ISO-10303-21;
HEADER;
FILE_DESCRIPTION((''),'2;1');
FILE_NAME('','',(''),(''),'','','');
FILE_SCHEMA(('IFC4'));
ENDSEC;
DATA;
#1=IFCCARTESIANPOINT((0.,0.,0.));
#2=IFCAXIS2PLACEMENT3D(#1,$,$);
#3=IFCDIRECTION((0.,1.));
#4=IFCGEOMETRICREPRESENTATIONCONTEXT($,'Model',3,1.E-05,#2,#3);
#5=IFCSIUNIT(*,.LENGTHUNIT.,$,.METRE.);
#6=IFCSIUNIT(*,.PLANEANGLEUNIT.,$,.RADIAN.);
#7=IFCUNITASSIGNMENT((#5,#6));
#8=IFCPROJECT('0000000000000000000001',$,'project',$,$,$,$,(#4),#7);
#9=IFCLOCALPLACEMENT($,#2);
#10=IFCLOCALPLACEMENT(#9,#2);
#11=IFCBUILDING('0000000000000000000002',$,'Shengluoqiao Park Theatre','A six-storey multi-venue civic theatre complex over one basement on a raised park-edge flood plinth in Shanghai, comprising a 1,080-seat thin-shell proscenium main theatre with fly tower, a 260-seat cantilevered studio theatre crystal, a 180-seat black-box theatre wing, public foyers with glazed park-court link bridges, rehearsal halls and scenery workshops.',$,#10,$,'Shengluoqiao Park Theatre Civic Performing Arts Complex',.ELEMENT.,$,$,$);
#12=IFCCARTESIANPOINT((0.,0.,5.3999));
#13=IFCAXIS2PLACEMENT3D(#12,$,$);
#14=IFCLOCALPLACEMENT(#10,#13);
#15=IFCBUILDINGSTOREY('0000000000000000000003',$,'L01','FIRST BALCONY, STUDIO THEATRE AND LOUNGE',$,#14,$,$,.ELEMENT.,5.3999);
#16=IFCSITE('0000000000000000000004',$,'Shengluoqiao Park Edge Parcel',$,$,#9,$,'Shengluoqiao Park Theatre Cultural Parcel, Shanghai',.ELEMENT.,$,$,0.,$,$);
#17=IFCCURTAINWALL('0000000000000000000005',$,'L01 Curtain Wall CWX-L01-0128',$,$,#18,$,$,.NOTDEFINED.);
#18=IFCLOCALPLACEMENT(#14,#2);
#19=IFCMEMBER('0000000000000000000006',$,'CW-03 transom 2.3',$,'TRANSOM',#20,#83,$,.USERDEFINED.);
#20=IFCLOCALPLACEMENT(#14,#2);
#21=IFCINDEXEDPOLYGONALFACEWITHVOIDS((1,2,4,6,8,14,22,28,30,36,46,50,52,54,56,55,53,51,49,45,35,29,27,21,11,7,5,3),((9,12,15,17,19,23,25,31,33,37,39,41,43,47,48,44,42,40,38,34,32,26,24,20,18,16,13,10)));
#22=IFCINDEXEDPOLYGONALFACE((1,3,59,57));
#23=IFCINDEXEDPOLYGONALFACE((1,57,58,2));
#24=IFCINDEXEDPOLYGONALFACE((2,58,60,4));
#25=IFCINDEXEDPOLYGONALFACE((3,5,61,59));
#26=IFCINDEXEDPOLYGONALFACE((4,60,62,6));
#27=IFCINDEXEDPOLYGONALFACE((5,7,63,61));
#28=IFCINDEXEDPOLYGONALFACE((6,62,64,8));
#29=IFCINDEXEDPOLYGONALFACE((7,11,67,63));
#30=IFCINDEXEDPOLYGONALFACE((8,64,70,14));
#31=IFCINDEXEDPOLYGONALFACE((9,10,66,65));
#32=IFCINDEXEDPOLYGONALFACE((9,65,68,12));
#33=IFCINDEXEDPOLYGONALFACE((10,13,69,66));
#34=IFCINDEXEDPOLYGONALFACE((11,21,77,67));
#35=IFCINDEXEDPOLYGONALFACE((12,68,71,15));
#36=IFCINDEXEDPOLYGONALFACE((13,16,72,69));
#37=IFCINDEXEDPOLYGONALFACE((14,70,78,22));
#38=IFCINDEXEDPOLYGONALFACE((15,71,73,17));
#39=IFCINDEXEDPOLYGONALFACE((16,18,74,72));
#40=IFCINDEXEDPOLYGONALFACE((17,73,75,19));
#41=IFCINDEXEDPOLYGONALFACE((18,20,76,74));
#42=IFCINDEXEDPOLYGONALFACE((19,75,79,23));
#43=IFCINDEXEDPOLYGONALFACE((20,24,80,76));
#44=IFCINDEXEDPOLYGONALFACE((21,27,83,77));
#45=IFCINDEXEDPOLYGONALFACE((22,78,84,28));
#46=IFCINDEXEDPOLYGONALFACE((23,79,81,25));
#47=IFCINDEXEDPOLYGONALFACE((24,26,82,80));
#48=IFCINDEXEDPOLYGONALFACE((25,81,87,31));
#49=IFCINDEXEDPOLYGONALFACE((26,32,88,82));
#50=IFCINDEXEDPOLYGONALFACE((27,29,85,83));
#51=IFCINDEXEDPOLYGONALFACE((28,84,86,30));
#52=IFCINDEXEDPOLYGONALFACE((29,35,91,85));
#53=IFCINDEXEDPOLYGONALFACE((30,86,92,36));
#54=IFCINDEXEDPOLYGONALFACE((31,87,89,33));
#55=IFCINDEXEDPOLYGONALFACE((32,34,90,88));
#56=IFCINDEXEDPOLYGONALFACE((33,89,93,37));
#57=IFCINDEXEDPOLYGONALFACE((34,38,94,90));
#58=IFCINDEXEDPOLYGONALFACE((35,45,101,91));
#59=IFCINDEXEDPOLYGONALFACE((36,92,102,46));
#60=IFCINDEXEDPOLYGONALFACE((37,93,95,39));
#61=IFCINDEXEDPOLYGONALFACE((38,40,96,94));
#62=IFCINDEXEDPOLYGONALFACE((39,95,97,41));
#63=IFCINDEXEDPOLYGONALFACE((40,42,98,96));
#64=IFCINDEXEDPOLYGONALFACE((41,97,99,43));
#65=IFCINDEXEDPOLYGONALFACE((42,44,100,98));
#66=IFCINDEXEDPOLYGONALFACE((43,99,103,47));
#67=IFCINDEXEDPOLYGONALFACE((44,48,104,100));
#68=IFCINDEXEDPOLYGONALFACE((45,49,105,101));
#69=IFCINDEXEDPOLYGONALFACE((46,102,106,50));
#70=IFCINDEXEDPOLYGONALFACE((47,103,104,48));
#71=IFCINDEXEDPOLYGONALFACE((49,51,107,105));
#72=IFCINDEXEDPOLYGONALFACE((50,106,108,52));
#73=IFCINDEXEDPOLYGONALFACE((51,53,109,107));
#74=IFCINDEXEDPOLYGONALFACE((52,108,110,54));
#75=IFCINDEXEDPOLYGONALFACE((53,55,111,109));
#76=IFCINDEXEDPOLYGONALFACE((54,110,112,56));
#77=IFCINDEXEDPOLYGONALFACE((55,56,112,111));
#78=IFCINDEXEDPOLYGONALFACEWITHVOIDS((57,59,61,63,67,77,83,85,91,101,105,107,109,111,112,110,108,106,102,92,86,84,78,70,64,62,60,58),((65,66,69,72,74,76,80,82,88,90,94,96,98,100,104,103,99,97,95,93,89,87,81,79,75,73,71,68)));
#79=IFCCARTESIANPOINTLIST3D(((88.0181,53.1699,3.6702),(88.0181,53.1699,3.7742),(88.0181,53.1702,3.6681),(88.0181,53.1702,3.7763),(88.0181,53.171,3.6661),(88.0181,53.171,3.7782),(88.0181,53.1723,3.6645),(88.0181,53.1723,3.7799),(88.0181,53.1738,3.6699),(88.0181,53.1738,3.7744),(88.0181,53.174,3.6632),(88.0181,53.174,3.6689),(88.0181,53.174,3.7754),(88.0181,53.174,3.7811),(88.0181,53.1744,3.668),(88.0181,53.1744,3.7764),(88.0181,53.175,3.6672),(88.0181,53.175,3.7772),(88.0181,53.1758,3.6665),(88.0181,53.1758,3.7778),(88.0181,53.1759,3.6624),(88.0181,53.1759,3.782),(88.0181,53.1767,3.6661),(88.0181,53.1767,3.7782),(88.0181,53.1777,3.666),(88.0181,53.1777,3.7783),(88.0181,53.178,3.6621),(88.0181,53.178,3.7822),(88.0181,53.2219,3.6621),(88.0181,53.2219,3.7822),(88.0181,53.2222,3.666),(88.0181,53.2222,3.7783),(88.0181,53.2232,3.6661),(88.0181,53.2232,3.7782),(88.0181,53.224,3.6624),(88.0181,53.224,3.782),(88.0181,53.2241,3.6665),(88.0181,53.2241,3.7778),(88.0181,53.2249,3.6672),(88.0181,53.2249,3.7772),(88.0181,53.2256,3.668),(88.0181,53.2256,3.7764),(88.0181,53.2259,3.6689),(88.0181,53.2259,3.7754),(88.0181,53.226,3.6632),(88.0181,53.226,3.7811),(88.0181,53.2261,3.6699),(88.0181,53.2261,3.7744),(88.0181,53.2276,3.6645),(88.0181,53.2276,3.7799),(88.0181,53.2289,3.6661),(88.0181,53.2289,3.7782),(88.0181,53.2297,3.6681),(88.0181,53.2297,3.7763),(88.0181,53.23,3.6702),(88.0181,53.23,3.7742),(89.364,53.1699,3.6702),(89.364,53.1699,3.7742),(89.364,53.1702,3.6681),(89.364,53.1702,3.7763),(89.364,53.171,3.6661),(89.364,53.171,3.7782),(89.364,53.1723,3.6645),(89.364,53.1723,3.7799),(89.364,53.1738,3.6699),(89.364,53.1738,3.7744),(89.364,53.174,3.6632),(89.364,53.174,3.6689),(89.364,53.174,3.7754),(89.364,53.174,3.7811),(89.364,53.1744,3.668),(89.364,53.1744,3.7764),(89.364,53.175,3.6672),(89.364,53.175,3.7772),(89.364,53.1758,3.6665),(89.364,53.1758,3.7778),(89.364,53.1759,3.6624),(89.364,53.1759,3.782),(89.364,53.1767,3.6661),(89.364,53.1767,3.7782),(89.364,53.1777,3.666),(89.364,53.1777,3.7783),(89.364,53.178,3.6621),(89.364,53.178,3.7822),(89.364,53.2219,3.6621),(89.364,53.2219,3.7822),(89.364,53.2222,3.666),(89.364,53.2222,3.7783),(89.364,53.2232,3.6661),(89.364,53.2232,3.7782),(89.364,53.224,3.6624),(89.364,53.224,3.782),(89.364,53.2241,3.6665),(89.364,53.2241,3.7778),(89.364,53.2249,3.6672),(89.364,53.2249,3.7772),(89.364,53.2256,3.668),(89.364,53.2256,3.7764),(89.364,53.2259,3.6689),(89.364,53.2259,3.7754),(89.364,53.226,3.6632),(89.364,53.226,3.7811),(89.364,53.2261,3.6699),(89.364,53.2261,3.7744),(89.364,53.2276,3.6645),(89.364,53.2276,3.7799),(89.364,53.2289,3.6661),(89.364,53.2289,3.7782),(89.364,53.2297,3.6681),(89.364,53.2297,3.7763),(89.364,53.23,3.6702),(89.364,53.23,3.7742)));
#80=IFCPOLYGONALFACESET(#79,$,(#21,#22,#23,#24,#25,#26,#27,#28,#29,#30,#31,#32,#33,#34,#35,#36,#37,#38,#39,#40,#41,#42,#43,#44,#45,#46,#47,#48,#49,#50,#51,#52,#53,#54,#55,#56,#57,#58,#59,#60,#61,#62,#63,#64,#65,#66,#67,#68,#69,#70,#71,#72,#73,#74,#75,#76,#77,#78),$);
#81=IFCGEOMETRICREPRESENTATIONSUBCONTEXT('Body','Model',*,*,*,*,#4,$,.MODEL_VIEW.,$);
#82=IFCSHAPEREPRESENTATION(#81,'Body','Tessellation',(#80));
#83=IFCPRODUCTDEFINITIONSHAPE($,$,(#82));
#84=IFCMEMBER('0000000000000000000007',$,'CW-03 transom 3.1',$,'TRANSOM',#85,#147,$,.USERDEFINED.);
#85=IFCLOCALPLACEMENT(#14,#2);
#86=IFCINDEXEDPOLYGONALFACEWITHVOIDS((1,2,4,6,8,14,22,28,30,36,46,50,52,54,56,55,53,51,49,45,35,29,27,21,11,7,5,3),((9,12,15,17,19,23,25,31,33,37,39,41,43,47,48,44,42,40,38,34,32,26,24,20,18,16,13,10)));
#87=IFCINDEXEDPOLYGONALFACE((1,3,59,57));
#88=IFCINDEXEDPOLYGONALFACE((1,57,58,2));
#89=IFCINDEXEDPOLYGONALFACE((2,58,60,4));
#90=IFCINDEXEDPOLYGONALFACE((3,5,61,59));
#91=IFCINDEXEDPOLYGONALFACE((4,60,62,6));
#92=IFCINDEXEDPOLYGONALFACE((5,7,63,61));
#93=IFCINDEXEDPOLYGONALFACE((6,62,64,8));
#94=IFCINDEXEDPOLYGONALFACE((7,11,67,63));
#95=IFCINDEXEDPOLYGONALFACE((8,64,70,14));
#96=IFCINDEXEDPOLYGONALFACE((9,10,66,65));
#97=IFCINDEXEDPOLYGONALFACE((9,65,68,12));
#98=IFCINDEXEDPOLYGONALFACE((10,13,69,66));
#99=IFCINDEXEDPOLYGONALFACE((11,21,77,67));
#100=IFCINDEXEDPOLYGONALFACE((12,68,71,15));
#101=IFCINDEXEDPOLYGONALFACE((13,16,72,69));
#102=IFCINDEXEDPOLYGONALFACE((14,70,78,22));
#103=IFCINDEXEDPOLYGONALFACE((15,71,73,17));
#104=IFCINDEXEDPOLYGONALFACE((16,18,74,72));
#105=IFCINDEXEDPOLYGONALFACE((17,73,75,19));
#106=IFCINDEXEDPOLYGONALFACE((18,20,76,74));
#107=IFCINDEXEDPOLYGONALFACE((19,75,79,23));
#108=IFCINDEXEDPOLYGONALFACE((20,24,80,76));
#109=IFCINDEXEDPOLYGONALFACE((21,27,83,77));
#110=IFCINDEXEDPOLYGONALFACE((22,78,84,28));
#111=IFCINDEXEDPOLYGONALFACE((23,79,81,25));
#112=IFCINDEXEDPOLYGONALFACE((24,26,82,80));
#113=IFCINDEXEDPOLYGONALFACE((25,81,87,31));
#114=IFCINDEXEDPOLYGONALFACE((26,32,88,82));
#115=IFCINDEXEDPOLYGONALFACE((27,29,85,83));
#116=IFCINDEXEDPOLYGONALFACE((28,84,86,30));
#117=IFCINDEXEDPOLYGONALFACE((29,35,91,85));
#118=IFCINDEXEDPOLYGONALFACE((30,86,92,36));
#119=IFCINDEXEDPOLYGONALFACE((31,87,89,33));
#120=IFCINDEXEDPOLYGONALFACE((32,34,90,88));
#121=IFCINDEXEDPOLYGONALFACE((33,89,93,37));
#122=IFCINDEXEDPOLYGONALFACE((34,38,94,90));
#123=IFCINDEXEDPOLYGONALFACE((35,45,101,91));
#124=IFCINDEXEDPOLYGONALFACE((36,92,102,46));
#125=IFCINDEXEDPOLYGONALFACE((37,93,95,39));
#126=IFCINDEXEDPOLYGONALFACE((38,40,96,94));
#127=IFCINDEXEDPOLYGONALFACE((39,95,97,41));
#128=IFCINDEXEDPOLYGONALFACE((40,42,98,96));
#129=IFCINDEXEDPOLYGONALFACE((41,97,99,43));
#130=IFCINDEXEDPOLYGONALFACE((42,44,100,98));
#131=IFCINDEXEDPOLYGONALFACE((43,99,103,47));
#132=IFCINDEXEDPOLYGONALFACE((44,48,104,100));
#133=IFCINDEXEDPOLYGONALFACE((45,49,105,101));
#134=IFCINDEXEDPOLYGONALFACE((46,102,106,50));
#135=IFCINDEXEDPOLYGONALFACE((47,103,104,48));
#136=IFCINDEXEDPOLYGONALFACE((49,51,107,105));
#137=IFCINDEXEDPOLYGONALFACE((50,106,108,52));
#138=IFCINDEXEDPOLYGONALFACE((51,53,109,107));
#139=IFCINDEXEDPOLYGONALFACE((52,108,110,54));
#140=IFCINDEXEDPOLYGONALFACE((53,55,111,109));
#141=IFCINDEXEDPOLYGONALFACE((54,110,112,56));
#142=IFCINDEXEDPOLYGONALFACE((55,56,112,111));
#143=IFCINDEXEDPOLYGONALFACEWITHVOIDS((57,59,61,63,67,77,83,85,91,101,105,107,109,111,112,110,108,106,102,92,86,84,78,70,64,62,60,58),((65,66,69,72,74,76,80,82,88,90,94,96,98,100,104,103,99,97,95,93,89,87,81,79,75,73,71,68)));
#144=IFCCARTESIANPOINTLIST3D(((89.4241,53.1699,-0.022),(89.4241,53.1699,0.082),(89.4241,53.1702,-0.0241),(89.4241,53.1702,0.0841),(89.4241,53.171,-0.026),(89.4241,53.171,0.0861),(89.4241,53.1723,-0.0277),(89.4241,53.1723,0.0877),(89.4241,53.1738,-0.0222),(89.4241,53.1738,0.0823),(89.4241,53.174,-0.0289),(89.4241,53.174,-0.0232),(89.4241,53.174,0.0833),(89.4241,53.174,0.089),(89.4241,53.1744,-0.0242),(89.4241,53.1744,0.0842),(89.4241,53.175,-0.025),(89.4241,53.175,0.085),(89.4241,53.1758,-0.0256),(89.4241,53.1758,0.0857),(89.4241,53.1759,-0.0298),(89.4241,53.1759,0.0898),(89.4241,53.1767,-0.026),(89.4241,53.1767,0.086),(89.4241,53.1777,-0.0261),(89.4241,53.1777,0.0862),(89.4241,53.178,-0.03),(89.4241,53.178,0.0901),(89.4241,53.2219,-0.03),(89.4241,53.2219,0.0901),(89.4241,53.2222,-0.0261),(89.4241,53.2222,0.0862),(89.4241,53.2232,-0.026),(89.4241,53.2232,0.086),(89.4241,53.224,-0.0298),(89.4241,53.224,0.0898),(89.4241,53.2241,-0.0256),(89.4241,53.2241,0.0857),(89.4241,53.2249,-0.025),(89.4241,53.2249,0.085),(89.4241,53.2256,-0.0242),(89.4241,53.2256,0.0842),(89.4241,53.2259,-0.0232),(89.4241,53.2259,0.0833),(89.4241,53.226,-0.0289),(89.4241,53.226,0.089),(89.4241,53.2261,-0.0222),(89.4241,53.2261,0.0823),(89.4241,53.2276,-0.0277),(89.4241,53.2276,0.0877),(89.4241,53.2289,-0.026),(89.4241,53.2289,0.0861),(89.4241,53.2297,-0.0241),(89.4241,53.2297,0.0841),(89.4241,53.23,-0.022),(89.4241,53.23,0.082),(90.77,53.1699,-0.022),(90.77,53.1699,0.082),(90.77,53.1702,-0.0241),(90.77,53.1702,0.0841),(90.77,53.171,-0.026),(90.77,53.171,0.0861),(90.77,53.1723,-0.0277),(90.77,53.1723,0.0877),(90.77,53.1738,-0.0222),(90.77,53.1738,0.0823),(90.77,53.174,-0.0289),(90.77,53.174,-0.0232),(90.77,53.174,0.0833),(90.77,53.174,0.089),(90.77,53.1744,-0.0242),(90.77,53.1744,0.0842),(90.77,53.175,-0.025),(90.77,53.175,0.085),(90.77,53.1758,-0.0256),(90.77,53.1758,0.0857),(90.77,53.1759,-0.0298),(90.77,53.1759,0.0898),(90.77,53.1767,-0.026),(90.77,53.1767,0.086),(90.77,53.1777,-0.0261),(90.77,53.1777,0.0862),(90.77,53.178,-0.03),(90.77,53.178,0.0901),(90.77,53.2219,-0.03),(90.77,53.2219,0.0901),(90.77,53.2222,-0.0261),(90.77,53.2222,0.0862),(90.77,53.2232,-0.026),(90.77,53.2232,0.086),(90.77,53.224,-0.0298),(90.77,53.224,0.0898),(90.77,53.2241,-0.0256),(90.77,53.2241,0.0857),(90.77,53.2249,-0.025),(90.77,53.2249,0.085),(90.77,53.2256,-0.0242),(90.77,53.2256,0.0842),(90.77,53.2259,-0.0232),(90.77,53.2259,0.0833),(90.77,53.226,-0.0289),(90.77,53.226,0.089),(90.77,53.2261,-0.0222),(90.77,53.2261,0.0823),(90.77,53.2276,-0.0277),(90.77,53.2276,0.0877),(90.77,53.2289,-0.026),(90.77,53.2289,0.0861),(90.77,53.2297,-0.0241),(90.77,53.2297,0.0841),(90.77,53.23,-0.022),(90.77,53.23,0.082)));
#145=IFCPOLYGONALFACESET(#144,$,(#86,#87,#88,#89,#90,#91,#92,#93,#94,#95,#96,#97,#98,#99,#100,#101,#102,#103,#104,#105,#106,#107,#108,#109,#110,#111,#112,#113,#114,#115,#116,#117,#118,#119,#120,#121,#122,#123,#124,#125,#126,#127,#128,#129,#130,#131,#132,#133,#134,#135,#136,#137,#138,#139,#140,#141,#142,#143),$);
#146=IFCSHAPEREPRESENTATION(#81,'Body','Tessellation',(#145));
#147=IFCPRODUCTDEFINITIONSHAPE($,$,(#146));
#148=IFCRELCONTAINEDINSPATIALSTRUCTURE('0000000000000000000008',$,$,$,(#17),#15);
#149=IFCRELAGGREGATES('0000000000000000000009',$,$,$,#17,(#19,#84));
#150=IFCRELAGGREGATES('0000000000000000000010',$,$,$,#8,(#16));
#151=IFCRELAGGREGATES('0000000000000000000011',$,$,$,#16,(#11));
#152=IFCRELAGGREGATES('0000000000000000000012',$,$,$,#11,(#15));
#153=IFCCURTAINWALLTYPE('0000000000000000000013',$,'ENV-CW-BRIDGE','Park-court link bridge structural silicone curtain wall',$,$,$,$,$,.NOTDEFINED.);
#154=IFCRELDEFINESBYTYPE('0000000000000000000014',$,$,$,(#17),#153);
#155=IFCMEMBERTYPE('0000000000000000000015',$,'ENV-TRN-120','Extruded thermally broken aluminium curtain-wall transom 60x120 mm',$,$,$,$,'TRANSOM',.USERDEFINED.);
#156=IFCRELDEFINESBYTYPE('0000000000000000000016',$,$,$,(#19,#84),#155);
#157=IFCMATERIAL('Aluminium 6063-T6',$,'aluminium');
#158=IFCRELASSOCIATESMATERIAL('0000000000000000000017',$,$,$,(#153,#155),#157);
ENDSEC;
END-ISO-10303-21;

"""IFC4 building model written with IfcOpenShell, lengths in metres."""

from ifc_helpers import new_model, si_unit, direction, frame, origin, origin_2d, place, context, subcontext, project, spatial, hollow_rectangle, extrude, material, material_profile, profile_set, type_object, element, aggregate, save


model = new_model("IFC4")

# Units and contexts
model_context = context("Model", 3, precision=1e-05, world=origin(), true_north=direction((0.0, 1.0)))
body_context = subcontext(model_context, "Body", "Model", "MODEL_VIEW")
ifc_project = project(units=[si_unit("LENGTHUNIT", "METRE"), si_unit("PLANEANGLEUNIT", "RADIAN")], contexts=[model_context])

# Site, building, storey
site_placement = place(None, origin())
site = spatial("IfcSite", under=ifc_project, at=site_placement, Name="Shengluoqiao Park Edge Parcel", LongName="Shengluoqiao Park Theatre Cultural Parcel, Shanghai", CompositionType="ELEMENT", RefElevation=0.0)
building_placement = place(site_placement, origin())
building = spatial("IfcBuilding", under=site, at=building_placement, Name="Shengluoqiao Park Theatre", Description="A six-storey multi-venue civic theatre complex over one basement on a raised park-edge flood plinth in Shanghai, comprising a 1,080-seat thin-shell proscenium main theatre with fly tower, a 260-seat cantilevered studio theatre crystal, a 180-seat black-box theatre wing, public foyers with glazed park-court link bridges, rehearsal halls and scenery workshops.", LongName="Shengluoqiao Park Theatre Civic Performing Arts Complex", CompositionType="ELEMENT")
storey_placement = place(building_placement, frame((0.0, 0.0, 5.3999)))
storey = spatial("IfcBuildingStorey", under=building, at=storey_placement, Name="L01", Description="FIRST BALCONY, STUDIO THEATRE AND LOUNGE", CompositionType="ELEMENT", Elevation=5.3999)

# Shared definitions
ifc_material_1 = material(Name="Aluminium 6063-T6", Category="aluminium")
curtain_wall_type = type_object("IfcCurtainWallType", Name="ENV-CW-BRIDGE", Description="Park-court link bridge structural silicone curtain wall", PredefinedType="NOTDEFINED", material=ifc_material_1)

# Curtain wall, members
curtain_wall_1_placement = place(storey_placement, origin())
curtain_wall_1 = element("IfcCurtainWall", 1, at=curtain_wall_1_placement, inside=storey, type_object=curtain_wall_type, Name="L01 Curtain Wall CWX-L01-0128", PredefinedType="NOTDEFINED")
ifc_material_profile_1 = material_profile(ifc_material_1, hollow_rectangle(XDim=0.0601, YDim=0.1201, WallThickness=0.0039, InnerFilletRadius=0.0039, OuterFilletRadius=0.0081, at=origin_2d()), Name="ALU TRANSOM 120x60x4")
ifc_profile_set_1 = profile_set([ifc_material_profile_1], Name="Aluminium 6063-T6")
member_type_1 = type_object("IfcMemberType", Name="ENV-TRN-120", Description="Extruded thermally broken aluminium curtain-wall transom 60x120 mm", ElementType="TRANSOM", PredefinedType="USERDEFINED", material=ifc_profile_set_1)
member_1_placement = place(storey_placement, frame((88.0181, 53.2, 3.7222), z_axis=(1.0, 0.0, 0.0), x_axis=(0.0, 1.0, 0.0)))
member_1 = element("IfcMember", 2, at=member_1_placement, type_object=member_type_1, Name="CW-03 transom 2.3", ObjectType="TRANSOM", PredefinedType="USERDEFINED", context=body_context, shape_type="SweptSolid", body=[
    extrude(hollow_rectangle(XDim=0.0601, YDim=0.1201, WallThickness=0.0039, InnerFilletRadius=0.0039, OuterFilletRadius=0.0081, at=origin_2d()), origin(), (0.0, 0.0, 1.0), 1.3459),
])
member_2_placement = place(storey_placement, frame((89.4241, 53.2, 0.03), z_axis=(1.0, 0.0, 0.0), x_axis=(0.0, 1.0, 0.0)))
member_2 = element("IfcMember", 3, at=member_2_placement, type_object=member_type_1, Name="CW-03 transom 3.1", ObjectType="TRANSOM", PredefinedType="USERDEFINED", context=body_context, shape_type="SweptSolid", body=[
    extrude(hollow_rectangle(XDim=0.0601, YDim=0.1201, WallThickness=0.0039, InnerFilletRadius=0.0039, OuterFilletRadius=0.0081, at=origin_2d()), origin(), (0.0, 0.0, 1.0), 1.3459),
])

aggregate(curtain_wall_1, [member_1, member_2])

save(model, "model.ifc")
